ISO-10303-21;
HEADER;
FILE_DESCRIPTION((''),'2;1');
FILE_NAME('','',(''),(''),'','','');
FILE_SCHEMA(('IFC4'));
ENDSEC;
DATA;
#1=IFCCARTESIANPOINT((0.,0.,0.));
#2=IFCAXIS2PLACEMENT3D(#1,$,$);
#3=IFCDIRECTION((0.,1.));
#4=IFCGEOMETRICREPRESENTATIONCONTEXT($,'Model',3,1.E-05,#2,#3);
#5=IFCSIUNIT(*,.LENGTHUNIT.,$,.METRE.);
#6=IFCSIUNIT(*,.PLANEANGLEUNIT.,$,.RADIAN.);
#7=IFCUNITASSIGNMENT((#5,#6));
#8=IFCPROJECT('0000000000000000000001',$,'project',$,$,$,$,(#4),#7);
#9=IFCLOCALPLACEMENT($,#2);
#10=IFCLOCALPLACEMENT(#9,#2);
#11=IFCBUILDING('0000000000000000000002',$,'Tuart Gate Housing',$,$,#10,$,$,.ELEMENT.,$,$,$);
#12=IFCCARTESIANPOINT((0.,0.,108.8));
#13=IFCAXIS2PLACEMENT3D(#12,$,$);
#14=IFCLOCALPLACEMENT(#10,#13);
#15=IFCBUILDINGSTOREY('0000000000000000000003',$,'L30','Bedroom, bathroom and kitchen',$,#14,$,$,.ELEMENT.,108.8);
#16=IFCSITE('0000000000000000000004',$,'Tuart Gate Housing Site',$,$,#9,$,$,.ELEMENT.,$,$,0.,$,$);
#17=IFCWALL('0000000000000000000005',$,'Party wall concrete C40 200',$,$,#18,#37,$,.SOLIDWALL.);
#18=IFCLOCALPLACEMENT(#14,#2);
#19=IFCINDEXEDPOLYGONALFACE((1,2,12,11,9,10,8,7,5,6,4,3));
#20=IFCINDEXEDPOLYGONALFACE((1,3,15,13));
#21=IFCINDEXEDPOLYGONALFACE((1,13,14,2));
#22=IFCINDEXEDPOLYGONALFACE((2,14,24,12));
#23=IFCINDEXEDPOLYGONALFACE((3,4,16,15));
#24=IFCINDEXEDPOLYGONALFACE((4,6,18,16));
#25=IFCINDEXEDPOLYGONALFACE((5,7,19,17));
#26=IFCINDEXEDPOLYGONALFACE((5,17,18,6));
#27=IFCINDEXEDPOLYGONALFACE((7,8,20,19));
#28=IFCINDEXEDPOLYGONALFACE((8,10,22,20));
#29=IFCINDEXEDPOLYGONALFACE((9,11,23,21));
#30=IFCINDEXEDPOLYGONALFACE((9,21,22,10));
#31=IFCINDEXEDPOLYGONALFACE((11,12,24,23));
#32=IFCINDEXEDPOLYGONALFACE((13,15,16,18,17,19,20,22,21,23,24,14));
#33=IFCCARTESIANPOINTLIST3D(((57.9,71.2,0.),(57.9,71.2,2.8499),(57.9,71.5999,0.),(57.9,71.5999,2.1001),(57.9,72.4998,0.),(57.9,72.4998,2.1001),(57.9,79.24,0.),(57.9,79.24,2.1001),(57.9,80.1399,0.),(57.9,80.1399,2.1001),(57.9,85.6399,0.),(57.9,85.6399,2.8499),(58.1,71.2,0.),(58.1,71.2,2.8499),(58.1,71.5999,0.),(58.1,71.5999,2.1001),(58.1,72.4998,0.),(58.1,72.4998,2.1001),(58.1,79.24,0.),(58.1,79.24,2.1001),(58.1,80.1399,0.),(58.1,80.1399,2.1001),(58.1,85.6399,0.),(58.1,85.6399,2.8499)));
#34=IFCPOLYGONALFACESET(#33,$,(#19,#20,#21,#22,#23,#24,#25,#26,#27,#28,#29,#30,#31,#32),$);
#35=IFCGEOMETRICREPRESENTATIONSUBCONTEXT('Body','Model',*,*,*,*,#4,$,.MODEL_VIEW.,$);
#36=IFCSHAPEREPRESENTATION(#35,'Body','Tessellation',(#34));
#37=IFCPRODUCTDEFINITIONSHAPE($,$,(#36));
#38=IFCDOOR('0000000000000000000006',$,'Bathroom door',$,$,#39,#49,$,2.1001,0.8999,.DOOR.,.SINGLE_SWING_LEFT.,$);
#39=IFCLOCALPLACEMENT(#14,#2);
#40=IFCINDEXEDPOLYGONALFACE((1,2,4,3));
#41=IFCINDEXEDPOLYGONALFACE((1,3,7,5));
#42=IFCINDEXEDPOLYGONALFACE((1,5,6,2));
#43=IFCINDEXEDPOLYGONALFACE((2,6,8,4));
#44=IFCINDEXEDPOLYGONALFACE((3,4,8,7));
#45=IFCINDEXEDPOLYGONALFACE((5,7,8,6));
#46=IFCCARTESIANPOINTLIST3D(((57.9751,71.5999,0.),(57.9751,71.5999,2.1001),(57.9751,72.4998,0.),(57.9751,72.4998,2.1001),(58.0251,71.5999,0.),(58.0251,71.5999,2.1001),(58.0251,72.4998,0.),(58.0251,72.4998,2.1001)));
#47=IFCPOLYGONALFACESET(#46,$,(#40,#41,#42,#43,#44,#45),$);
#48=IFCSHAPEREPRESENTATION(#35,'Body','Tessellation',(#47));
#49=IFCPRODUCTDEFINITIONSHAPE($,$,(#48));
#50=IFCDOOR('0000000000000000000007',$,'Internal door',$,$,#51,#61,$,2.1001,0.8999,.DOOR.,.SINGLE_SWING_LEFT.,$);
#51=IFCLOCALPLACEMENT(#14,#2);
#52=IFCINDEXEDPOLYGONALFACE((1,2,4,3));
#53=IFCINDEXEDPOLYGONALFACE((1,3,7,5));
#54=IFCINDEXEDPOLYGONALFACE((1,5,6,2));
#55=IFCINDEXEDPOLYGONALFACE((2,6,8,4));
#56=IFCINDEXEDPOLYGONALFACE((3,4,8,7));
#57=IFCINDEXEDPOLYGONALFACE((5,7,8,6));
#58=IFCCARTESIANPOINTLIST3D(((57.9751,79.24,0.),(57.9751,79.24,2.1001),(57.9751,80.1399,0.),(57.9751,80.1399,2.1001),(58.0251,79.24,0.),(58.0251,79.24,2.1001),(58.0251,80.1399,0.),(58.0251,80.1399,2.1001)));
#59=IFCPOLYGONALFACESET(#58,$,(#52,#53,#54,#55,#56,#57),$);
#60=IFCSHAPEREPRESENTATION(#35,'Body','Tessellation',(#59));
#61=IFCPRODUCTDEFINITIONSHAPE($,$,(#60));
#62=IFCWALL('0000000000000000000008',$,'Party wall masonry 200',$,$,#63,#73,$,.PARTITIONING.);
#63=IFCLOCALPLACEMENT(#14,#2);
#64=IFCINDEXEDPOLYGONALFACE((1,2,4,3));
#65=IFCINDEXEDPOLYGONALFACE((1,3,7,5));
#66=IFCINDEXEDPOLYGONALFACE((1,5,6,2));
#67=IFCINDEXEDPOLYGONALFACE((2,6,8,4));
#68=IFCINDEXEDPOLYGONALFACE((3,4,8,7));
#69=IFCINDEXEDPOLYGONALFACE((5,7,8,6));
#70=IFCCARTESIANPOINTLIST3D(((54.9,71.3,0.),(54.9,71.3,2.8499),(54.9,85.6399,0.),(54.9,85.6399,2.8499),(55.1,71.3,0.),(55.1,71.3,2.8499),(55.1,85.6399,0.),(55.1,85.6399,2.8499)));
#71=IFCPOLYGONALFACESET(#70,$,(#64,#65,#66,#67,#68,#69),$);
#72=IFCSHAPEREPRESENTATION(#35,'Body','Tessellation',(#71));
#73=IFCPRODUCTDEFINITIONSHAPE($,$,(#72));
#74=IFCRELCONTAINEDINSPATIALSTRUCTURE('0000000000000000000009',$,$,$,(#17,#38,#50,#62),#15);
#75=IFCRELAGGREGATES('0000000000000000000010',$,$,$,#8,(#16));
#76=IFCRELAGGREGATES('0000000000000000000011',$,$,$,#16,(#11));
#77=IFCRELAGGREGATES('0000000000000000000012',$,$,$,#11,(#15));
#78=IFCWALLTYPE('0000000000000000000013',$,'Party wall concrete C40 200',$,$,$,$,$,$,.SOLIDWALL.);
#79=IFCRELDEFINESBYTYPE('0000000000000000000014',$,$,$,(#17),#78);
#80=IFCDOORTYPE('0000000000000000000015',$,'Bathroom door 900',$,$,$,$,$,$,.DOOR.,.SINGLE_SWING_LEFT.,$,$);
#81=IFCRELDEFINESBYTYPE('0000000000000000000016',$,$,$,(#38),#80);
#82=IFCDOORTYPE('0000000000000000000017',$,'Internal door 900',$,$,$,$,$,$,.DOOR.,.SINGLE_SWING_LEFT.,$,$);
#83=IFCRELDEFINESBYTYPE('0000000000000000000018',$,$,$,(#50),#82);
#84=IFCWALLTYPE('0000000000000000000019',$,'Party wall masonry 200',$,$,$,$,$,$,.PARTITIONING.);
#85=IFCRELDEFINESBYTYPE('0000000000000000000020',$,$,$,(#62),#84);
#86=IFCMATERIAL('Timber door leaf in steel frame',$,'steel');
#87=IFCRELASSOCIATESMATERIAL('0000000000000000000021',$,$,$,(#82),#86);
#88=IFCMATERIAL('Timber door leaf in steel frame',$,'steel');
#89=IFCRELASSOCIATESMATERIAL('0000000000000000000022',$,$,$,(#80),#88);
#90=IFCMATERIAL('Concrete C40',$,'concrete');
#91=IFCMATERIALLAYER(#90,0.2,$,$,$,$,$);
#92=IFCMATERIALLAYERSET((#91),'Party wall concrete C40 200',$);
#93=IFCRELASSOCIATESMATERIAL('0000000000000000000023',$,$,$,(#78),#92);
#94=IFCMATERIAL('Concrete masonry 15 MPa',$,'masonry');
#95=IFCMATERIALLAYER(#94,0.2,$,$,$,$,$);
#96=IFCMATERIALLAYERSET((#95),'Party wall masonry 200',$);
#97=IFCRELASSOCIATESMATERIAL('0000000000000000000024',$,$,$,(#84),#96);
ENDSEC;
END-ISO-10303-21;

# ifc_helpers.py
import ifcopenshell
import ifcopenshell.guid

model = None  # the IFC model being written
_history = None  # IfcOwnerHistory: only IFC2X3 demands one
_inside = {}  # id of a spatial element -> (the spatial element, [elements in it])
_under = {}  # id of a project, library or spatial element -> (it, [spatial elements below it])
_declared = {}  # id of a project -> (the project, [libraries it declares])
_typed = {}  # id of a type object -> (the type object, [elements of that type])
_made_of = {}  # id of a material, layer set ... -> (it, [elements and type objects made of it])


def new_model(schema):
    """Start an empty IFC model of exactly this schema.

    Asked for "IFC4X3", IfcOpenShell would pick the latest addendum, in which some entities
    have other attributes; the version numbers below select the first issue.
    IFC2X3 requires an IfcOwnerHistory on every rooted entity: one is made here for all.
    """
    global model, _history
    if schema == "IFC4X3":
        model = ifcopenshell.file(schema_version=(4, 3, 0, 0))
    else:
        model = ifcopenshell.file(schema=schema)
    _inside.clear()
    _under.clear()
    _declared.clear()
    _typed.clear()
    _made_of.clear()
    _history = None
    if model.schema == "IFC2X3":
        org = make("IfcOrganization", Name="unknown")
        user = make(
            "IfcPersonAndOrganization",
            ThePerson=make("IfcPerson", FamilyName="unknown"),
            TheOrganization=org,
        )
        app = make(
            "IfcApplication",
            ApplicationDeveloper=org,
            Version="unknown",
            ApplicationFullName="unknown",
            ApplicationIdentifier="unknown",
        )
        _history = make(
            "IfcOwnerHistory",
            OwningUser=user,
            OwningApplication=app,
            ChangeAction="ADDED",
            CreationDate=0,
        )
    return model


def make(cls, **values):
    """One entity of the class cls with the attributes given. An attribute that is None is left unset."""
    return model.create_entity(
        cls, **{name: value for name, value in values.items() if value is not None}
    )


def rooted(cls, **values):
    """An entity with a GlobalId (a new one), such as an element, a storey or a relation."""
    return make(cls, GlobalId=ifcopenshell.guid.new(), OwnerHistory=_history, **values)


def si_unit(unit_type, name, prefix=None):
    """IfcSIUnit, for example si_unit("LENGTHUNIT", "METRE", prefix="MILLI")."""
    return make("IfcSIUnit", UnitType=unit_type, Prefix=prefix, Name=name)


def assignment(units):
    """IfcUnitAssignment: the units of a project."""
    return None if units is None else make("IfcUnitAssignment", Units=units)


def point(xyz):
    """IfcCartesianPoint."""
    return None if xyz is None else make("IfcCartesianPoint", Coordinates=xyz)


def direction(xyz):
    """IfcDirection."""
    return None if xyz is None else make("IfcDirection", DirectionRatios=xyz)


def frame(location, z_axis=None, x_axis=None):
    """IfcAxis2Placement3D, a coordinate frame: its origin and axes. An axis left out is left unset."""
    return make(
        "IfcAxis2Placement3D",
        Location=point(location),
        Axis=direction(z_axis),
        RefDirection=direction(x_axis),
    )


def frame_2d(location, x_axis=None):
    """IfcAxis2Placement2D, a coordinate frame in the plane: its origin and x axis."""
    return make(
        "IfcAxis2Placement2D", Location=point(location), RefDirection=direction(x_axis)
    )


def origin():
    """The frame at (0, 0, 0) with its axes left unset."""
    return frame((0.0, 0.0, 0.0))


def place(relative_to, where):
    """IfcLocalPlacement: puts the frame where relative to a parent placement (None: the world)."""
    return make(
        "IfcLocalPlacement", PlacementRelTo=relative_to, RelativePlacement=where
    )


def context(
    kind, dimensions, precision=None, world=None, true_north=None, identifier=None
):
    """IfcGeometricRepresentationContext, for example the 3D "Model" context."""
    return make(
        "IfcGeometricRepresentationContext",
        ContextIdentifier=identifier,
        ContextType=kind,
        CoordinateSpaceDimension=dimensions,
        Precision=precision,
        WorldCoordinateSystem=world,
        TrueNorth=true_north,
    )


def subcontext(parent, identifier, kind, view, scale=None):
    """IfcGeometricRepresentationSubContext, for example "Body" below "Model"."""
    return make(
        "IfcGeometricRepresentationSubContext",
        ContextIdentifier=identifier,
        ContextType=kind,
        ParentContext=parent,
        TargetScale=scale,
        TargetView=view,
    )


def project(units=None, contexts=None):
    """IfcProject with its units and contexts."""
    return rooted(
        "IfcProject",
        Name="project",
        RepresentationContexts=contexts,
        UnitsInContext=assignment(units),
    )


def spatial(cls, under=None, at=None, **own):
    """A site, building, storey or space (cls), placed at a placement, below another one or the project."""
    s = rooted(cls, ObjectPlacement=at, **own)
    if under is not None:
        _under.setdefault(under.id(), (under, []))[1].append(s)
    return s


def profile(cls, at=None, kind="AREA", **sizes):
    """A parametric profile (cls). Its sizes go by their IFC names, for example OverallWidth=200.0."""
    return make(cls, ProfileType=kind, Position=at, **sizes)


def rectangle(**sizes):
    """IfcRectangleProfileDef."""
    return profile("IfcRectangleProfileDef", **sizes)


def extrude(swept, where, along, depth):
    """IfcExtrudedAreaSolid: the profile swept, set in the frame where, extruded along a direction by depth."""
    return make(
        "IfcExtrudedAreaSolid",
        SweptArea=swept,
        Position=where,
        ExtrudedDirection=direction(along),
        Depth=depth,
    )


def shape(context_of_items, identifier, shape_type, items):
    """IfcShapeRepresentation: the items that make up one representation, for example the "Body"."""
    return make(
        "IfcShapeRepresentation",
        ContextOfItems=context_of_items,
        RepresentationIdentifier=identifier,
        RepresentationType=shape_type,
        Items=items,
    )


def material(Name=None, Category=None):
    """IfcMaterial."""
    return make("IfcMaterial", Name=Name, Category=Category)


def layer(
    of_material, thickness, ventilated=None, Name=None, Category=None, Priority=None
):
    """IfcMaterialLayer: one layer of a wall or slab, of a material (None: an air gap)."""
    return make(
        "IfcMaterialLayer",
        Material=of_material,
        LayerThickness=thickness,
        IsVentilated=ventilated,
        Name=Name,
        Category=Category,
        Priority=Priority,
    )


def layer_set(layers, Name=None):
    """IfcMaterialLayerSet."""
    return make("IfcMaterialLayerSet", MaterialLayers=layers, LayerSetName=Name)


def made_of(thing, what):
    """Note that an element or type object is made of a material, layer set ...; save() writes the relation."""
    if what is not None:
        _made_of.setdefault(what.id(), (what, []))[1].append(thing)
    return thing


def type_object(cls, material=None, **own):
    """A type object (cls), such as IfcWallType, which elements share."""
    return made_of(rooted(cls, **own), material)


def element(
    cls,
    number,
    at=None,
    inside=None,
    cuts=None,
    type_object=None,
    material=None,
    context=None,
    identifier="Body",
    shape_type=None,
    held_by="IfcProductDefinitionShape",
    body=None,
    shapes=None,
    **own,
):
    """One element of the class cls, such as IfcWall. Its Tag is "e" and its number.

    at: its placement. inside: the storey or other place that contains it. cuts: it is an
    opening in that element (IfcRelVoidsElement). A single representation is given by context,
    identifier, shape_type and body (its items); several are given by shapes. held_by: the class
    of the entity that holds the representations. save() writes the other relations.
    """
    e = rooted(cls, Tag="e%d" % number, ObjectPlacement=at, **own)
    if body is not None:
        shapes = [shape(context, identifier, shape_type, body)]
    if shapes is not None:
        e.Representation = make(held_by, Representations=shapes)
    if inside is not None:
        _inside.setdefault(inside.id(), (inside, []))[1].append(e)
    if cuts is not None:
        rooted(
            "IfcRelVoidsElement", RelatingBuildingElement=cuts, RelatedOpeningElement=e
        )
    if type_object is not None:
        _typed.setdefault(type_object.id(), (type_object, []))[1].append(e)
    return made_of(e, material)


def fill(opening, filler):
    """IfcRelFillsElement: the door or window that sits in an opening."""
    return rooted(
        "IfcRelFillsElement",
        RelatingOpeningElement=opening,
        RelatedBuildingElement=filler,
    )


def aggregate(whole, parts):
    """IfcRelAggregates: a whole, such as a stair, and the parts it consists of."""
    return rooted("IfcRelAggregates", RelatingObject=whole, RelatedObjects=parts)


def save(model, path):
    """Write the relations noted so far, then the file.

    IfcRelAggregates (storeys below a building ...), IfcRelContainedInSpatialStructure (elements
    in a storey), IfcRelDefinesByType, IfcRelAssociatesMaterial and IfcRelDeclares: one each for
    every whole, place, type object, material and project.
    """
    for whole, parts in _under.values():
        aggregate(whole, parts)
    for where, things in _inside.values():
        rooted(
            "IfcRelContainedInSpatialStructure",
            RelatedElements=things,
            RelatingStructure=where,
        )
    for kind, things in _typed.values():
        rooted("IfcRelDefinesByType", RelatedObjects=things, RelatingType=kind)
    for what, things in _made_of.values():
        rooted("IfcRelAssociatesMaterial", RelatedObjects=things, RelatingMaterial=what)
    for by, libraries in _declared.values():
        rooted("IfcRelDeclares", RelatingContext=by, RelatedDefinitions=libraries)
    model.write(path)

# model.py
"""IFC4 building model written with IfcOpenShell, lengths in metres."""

from ifc_helpers import new_model, si_unit, direction, frame, frame_2d, origin, place, context, subcontext, project, spatial, rectangle, extrude, material, layer, layer_set, type_object, element, fill, save


model = new_model("IFC4")

# Units and contexts
model_context = context("Model", 3, precision=1e-05, world=origin(), true_north=direction((0.0, 1.0)))
body_context = subcontext(model_context, "Body", "Model", "MODEL_VIEW")
ifc_project = project(units=[si_unit("LENGTHUNIT", "METRE"), si_unit("PLANEANGLEUNIT", "RADIAN")], contexts=[model_context])

# Site, building, storey
site_placement = place(None, origin())
site = spatial("IfcSite", under=ifc_project, at=site_placement, Name="Tuart Gate Housing Site", CompositionType="ELEMENT", RefElevation=0.0)
building_placement = place(site_placement, origin())
building = spatial("IfcBuilding", under=site, at=building_placement, Name="Tuart Gate Housing", CompositionType="ELEMENT")
storey_placement = place(building_placement, frame((0.0, 0.0, 108.8)))
storey = spatial("IfcBuildingStorey", under=building, at=storey_placement, Name="L30", Description="Bedroom, bathroom and kitchen", CompositionType="ELEMENT", Elevation=108.8)

# Shared definitions
ifc_material_1 = material(Name="Timber door leaf in steel frame", Category="steel")
door_type_1 = type_object("IfcDoorType", Name="Internal door 900", OperationType="SINGLE_SWING_LEFT", PredefinedType="DOOR", material=ifc_material_1)

# Shared definitions
ifc_material_2 = material(Name="Timber door leaf in steel frame", Category="steel")
door_type_2 = type_object("IfcDoorType", Name="Bathroom door 900", OperationType="SINGLE_SWING_LEFT", PredefinedType="DOOR", material=ifc_material_2)

# Shared definitions
ifc_material_3 = material(Name="Concrete C40", Category="concrete")
ifc_layer_1 = layer(ifc_material_3, 0.2)
ifc_layer_set_1 = layer_set([ifc_layer_1], Name="Party wall concrete C40 200")
wall_type_1 = type_object("IfcWallType", Name="Party wall concrete C40 200", PredefinedType="SOLIDWALL", material=ifc_layer_set_1)

# Wall, openings, doors
wall_1_placement = place(storey_placement, frame((58.0, 71.2, 0.0), z_axis=(0.0, 0.0, 1.0), x_axis=(0.0, 1.0, 0.0)))
wall_1 = element("IfcWall", 1, at=wall_1_placement, inside=storey, type_object=wall_type_1, Name="Party wall concrete C40 200", PredefinedType="SOLIDWALL", context=body_context, shape_type="SweptSolid", body=[
    extrude(rectangle(XDim=14.4399, YDim=0.2, at=frame_2d((7.22, 0.0))), origin(), (0.0, 0.0, 1.0), 2.8499),
])
opening_1_placement = place(wall_1_placement, frame((8.04, 0.0, 0.0)))
opening_1 = element("IfcOpeningElement", 2, at=opening_1_placement, cuts=wall_1, PredefinedType="OPENING", context=body_context, shape_type="SweptSolid", body=[
    extrude(rectangle(XDim=0.8999, YDim=2.1001, at=frame_2d((0.45, 1.05))), frame((0.0, 0.1099, 0.0), z_axis=(0.0, -1.0, 0.0), x_axis=(1.0, 0.0, 0.0)), (0.0, 0.0, 1.0), 0.22),
])
opening_2_placement = place(wall_1_placement, frame((0.3999, 0.0, 0.0)))
opening_2 = element("IfcOpeningElement", 3, at=opening_2_placement, cuts=wall_1, PredefinedType="OPENING", context=body_context, shape_type="SweptSolid", body=[
    extrude(rectangle(XDim=0.8999, YDim=2.1001, at=frame_2d((0.45, 1.05))), frame((0.0, 0.1099, 0.0), z_axis=(0.0, -1.0, 0.0), x_axis=(1.0, 0.0, 0.0)), (0.0, 0.0, 1.0), 0.22),
])
door_1_placement = place(opening_2_placement, origin())
door_1 = element("IfcDoor", 4, at=door_1_placement, inside=storey, type_object=door_type_2, Name="Bathroom door", OperationType="SINGLE_SWING_LEFT", OverallHeight=2.1001, OverallWidth=0.8999, PredefinedType="DOOR", context=body_context, shape_type="SweptSolid", body=[
    extrude(rectangle(XDim=0.8999, YDim=2.1001, at=frame_2d((0.45, 1.05))), frame((0.0, 0.0249, 0.0), z_axis=(0.0, -1.0, 0.0), x_axis=(1.0, 0.0, 0.0)), (0.0, 0.0, 1.0), 0.05),
])
fill(opening_2, door_1)
door_2_placement = place(opening_1_placement, origin())
door_2 = element("IfcDoor", 5, at=door_2_placement, inside=storey, type_object=door_type_1, Name="Internal door", OperationType="SINGLE_SWING_LEFT", OverallHeight=2.1001, OverallWidth=0.8999, PredefinedType="DOOR", context=body_context, shape_type="SweptSolid", body=[
    extrude(rectangle(XDim=0.8999, YDim=2.1001, at=frame_2d((0.45, 1.05))), frame((0.0, 0.0249, 0.0), z_axis=(0.0, -1.0, 0.0), x_axis=(1.0, 0.0, 0.0)), (0.0, 0.0, 1.0), 0.05),
])
fill(opening_1, door_2)

# Wall
ifc_material_4 = material(Name="Concrete masonry 15 MPa", Category="masonry")
ifc_layer_2 = layer(ifc_material_4, 0.2)
ifc_layer_set_2 = layer_set([ifc_layer_2], Name="Party wall masonry 200")
wall_type_2 = type_object("IfcWallType", Name="Party wall masonry 200", PredefinedType="PARTITIONING", material=ifc_layer_set_2)
wall_2_placement = place(storey_placement, frame((55.0, 71.3, 0.0), z_axis=(0.0, 0.0, 1.0), x_axis=(0.0, 1.0, 0.0)))
element("IfcWall", 6, at=wall_2_placement, inside=storey, type_object=wall_type_2, Name="Party wall masonry 200", PredefinedType="PARTITIONING", context=body_context, shape_type="SweptSolid", body=[
    extrude(rectangle(XDim=14.3398, YDim=0.2, at=frame_2d((7.1699, 0.0))), origin(), (0.0, 0.0, 1.0), 2.8499),
])

save(model, "model.ifc")
